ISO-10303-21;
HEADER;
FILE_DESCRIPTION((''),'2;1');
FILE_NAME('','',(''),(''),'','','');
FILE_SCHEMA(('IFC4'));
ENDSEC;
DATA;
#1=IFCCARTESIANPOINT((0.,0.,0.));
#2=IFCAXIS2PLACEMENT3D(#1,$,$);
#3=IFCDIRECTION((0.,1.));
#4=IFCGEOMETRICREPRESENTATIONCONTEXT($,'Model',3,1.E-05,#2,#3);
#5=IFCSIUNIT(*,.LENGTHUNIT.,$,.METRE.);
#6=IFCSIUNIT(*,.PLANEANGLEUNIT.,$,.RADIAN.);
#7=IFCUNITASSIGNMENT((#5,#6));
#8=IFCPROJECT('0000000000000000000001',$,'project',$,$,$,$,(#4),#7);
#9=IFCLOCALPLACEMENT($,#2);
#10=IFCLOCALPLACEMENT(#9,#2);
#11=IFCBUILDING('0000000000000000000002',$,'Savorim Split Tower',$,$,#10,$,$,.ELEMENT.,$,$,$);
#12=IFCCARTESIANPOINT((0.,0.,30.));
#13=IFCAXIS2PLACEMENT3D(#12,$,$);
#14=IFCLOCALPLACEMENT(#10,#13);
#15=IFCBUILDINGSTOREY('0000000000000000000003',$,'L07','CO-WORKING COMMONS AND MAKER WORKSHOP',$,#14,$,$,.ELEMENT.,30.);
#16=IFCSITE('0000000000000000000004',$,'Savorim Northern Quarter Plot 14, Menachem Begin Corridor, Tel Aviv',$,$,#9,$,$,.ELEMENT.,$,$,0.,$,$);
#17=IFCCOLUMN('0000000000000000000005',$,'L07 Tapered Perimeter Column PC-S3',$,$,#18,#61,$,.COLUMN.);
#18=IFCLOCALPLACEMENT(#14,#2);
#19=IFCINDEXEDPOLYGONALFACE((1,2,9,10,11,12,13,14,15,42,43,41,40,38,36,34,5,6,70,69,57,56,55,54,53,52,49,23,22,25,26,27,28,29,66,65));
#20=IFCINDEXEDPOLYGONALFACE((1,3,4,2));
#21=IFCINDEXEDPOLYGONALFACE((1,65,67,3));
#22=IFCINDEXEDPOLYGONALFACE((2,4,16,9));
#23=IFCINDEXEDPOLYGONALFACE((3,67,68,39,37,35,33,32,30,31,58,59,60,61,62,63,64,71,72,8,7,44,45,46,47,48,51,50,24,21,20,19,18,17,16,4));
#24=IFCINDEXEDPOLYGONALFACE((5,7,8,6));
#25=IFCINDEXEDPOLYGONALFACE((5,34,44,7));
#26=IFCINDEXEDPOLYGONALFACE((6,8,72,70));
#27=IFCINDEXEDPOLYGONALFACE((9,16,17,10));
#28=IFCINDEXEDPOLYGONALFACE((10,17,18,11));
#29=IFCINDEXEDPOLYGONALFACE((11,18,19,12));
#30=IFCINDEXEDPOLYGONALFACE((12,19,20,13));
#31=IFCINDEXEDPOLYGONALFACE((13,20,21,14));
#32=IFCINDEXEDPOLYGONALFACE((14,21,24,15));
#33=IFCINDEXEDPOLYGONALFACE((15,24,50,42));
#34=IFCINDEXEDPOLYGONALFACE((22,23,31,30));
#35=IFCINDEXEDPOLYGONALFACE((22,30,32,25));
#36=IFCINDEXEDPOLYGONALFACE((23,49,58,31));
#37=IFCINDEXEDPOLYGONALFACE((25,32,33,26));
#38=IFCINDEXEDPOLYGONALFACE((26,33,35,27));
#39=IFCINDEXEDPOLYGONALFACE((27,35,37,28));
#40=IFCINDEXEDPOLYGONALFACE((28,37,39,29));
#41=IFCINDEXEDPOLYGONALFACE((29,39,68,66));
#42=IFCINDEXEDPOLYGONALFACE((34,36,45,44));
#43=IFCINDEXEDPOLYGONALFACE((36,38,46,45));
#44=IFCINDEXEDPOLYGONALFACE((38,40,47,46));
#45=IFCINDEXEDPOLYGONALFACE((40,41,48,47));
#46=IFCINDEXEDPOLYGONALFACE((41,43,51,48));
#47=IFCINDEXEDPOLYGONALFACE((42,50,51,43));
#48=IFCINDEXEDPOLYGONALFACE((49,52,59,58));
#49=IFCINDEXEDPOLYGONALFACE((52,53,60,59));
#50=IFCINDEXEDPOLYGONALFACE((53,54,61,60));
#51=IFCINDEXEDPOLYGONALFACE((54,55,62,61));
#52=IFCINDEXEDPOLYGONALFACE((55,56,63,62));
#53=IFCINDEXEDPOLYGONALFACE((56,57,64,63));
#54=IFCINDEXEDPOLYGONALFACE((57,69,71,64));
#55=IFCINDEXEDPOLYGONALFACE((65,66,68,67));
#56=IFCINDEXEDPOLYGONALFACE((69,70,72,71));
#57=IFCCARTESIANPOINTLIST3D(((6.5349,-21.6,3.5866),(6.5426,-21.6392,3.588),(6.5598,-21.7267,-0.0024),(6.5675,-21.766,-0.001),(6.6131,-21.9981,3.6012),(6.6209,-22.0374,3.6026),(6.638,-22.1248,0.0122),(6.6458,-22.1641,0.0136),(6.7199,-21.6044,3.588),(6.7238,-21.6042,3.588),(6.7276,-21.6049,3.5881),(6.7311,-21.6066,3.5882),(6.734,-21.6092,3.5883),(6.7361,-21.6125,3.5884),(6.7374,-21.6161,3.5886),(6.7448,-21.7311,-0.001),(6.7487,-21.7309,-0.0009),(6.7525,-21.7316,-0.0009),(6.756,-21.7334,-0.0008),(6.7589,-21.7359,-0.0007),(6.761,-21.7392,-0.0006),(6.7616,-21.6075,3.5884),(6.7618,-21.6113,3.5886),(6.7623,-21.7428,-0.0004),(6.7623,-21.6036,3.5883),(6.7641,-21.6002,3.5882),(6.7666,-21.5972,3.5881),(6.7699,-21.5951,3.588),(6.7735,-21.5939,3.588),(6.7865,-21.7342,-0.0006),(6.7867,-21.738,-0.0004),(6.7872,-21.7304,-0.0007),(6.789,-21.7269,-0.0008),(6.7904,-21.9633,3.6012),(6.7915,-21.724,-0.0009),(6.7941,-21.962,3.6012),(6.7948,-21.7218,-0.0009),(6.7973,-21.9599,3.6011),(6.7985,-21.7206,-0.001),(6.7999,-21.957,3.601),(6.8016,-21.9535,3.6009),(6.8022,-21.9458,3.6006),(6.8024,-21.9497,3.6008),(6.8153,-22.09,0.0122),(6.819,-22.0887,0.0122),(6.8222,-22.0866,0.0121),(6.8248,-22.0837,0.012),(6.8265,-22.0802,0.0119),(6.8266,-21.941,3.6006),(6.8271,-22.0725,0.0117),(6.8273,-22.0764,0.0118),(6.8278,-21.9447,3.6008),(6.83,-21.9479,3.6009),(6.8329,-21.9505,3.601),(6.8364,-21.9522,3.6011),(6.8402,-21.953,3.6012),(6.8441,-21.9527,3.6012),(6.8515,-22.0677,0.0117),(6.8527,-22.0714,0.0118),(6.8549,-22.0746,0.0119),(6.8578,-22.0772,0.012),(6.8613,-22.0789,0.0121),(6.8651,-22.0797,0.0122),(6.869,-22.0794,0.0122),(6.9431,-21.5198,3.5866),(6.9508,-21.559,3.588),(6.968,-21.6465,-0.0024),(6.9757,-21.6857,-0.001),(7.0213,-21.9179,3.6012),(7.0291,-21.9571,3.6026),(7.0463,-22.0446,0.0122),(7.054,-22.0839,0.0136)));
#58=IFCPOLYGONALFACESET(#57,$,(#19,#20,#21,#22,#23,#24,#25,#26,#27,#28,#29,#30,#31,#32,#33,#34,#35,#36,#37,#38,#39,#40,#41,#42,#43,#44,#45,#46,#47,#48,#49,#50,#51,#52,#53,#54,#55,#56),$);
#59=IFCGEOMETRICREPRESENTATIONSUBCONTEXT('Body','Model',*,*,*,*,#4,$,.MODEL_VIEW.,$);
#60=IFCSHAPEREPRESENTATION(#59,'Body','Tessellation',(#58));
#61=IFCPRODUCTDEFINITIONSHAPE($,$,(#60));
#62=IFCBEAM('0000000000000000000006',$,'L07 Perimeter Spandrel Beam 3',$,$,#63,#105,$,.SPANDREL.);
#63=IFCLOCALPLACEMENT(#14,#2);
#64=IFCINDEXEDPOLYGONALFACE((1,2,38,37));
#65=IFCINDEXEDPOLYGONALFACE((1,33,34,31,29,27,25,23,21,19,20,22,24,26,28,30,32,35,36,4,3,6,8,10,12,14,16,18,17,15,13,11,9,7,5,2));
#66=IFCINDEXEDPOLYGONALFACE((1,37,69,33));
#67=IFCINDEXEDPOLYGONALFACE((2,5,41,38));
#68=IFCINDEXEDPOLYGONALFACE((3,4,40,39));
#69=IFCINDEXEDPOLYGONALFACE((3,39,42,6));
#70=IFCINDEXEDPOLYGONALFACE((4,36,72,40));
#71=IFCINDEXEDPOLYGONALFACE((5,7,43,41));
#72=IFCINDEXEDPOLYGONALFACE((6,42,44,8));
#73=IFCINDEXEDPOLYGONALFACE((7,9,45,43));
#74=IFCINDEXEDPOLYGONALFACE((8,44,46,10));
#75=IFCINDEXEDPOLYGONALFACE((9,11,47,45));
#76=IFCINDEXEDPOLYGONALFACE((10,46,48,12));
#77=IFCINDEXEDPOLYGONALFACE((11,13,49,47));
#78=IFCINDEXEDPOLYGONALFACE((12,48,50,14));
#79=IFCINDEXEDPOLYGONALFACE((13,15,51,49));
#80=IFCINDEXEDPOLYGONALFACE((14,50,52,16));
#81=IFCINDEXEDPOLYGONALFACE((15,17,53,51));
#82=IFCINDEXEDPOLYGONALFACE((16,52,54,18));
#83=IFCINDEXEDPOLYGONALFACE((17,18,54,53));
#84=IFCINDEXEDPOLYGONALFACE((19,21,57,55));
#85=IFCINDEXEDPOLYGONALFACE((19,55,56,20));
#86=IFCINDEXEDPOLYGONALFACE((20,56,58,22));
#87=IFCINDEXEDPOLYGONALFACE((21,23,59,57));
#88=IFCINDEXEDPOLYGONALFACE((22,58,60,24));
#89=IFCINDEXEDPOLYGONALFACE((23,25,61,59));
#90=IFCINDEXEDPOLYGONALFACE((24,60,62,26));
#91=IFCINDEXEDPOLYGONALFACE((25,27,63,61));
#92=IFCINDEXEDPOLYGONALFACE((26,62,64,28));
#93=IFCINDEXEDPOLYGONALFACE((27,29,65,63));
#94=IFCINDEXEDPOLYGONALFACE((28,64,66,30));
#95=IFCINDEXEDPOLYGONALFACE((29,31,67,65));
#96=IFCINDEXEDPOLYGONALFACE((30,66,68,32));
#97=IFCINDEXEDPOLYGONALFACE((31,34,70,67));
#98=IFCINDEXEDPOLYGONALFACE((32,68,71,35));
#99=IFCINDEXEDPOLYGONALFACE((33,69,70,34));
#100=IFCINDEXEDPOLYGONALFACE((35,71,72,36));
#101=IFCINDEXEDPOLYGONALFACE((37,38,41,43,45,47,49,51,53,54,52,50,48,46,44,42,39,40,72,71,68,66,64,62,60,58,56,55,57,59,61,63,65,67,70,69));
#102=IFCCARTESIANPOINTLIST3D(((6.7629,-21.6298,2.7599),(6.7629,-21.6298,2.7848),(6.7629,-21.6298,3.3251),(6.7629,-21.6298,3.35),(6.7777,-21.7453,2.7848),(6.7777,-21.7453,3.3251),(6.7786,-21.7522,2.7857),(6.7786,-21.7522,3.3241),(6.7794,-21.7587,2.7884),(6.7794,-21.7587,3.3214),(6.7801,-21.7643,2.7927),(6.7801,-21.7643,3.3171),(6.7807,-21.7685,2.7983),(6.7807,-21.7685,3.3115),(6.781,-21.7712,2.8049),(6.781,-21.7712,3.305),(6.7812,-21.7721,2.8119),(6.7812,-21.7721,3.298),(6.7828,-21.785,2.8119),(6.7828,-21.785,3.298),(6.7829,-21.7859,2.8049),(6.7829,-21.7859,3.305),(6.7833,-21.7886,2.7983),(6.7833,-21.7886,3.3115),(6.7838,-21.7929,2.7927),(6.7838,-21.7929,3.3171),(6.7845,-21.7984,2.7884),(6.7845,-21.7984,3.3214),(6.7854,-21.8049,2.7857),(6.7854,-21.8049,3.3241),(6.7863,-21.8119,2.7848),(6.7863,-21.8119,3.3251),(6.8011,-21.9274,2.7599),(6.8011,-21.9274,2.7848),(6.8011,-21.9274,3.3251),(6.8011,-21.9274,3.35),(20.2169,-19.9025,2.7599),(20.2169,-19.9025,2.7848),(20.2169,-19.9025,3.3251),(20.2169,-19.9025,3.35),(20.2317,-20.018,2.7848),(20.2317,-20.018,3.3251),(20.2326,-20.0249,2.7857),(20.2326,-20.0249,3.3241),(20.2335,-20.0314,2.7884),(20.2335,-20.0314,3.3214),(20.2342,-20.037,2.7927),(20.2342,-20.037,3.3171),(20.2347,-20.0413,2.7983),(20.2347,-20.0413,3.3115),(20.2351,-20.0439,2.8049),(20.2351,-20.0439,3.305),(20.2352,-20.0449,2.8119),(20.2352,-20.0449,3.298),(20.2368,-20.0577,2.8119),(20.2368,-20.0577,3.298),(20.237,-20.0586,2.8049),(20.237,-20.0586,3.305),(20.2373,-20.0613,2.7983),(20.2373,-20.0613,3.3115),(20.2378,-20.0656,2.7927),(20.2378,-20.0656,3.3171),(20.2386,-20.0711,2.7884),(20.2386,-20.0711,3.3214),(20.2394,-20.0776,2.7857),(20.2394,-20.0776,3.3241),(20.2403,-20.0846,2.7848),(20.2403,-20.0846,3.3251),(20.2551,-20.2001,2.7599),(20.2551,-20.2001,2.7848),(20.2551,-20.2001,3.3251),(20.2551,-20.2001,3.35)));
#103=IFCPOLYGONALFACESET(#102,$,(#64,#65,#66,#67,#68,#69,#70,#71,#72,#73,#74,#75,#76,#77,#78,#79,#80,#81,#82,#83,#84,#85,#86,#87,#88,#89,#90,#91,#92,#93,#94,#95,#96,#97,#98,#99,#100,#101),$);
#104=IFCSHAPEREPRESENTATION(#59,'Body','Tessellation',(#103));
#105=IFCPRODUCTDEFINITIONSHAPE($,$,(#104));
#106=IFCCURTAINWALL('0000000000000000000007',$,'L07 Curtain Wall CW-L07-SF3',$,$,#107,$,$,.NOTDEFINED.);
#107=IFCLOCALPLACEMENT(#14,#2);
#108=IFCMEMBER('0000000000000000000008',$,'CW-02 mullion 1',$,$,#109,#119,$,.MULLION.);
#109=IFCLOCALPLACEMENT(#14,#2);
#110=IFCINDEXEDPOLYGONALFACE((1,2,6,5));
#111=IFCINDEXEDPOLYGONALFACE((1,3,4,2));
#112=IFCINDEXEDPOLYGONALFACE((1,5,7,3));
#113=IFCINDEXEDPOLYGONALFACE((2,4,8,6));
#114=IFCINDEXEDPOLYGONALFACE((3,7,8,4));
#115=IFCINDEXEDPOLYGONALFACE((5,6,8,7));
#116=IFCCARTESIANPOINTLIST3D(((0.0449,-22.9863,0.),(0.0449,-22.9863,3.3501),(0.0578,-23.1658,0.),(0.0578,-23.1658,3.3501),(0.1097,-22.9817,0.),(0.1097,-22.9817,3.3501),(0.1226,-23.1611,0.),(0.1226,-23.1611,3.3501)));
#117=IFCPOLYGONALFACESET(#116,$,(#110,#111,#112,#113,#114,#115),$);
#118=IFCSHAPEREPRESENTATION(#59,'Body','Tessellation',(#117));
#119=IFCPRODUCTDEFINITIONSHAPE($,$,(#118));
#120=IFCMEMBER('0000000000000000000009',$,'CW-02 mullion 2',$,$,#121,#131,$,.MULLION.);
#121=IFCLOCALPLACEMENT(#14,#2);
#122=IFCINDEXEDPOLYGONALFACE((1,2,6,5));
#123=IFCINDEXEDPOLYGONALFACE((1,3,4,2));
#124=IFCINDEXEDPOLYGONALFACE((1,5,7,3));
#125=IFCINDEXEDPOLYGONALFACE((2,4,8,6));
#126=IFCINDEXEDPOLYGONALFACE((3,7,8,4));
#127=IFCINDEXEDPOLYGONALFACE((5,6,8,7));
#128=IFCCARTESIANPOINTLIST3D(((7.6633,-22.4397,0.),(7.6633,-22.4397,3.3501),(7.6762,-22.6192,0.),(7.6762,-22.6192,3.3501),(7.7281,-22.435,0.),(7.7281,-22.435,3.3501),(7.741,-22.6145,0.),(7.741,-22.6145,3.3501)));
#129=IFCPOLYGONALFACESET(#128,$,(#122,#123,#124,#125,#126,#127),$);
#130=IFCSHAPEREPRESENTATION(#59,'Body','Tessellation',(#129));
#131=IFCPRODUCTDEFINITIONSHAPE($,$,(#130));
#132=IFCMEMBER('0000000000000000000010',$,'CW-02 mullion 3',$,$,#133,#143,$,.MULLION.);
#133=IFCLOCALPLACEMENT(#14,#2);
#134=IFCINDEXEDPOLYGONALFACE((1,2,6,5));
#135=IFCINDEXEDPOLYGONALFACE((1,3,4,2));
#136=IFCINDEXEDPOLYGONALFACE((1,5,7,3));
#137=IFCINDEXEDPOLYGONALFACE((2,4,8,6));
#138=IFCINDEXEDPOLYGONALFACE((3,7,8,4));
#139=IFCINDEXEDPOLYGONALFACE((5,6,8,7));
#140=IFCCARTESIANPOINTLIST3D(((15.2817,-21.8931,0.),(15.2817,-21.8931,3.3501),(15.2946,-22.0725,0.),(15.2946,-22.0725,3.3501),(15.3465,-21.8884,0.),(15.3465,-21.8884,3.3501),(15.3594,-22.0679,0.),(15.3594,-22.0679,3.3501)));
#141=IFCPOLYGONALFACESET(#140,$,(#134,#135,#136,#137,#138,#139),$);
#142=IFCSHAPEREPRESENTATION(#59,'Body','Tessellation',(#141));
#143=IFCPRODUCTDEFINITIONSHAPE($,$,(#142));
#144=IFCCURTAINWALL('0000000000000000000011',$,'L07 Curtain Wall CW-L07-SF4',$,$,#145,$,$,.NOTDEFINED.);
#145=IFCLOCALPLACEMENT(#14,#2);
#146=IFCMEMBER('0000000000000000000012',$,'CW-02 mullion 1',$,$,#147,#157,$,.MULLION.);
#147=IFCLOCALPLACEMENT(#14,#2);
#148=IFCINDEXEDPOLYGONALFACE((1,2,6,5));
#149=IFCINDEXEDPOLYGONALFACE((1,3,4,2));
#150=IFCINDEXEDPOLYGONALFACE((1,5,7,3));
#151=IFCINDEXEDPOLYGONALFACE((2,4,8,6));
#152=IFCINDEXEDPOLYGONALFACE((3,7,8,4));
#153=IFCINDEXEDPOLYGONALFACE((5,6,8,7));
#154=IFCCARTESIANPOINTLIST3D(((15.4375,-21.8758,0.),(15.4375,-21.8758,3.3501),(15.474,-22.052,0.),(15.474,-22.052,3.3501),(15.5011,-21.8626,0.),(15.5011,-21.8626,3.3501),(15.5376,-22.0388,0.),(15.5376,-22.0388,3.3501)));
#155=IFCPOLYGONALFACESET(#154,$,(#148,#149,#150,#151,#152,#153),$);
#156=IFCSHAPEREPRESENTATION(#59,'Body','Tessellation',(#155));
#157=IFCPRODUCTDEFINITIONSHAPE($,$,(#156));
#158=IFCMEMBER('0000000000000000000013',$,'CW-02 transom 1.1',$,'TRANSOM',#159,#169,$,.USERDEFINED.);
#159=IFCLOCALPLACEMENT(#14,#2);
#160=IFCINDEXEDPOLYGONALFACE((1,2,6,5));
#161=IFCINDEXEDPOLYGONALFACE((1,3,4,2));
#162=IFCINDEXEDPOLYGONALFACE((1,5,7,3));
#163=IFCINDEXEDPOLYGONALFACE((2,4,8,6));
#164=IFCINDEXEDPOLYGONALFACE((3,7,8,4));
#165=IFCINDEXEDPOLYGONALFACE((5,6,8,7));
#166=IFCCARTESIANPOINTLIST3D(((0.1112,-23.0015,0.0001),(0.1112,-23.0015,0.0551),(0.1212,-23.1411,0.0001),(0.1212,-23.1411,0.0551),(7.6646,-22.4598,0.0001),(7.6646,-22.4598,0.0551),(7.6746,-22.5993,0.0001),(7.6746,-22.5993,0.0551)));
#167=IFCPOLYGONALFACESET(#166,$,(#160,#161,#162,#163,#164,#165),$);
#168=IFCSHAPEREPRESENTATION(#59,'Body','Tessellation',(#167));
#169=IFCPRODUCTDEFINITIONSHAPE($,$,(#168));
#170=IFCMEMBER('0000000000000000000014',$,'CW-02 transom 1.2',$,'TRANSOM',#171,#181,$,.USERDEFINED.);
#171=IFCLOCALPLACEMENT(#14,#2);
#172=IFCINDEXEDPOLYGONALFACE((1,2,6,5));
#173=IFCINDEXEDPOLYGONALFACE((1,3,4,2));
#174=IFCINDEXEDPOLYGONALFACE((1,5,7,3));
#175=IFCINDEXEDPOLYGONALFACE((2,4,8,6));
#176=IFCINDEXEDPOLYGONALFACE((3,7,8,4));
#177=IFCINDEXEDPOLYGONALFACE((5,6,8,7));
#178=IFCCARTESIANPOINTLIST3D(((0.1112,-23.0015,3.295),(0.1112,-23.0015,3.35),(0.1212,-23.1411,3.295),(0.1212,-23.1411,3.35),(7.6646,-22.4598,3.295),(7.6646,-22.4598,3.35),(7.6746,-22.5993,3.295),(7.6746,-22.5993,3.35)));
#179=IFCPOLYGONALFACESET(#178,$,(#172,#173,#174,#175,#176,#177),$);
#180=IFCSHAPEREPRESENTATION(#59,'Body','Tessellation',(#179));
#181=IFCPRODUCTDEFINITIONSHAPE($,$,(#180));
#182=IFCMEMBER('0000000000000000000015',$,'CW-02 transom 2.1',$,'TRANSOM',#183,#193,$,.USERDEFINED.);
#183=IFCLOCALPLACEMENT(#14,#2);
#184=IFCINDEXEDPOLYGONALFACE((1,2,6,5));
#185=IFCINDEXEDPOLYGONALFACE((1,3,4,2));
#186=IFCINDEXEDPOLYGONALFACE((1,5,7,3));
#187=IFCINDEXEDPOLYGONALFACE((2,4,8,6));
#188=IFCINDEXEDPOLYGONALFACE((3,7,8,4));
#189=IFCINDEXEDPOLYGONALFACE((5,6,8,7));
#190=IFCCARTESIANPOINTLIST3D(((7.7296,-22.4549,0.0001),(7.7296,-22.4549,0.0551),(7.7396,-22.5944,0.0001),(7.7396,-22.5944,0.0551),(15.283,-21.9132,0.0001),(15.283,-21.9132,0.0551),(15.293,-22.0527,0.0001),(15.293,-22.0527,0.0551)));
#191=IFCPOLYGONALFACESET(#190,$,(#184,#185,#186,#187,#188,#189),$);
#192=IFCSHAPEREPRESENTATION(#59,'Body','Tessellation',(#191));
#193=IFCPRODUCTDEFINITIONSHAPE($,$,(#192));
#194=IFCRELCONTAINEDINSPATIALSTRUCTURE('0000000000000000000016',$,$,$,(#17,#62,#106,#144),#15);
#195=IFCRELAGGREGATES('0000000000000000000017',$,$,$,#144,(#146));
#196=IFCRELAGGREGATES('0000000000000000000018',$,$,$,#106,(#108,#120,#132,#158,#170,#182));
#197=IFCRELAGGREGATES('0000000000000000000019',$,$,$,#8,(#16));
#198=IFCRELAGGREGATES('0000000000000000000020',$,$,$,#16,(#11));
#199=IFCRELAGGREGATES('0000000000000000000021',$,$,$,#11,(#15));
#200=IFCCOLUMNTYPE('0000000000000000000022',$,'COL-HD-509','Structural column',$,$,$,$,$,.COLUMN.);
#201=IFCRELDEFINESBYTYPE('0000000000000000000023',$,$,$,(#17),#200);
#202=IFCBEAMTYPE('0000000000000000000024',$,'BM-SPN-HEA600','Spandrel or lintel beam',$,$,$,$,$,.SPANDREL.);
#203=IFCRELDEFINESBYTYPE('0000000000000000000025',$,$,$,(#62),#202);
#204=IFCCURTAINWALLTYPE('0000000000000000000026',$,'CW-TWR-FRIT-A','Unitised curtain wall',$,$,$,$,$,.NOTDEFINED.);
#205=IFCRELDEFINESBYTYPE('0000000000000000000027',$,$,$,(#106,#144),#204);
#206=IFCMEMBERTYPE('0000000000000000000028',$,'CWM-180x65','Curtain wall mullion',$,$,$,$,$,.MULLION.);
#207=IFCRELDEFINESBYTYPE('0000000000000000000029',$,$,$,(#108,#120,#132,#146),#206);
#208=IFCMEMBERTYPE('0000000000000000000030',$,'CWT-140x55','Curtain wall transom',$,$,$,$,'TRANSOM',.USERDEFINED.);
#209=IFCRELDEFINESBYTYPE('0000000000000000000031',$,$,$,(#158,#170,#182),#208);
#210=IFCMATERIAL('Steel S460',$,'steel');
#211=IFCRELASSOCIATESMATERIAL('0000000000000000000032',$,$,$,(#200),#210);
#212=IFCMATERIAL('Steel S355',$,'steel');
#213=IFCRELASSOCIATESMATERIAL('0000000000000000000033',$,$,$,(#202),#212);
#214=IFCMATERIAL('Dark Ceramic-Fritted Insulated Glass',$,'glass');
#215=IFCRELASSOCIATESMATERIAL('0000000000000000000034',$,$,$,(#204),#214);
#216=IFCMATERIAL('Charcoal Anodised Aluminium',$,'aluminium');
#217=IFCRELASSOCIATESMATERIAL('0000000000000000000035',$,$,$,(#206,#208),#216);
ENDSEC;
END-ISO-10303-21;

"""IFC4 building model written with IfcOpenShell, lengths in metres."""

from ifc_helpers import new_model, si_unit, direction, frame, origin, origin_2d, place, context, subcontext, project, spatial, rectangle, i_section, extrude, material, material_profile, profile_set, type_object, element, aggregate, save


model = new_model("IFC4")

# Units and contexts
model_context = context("Model", 3, precision=1e-05, world=origin(), true_north=direction((0.0, 1.0)))
body_context = subcontext(model_context, "Body", "Model", "MODEL_VIEW")
ifc_project = project(units=[si_unit("LENGTHUNIT", "METRE"), si_unit("PLANEANGLEUNIT", "RADIAN")], contexts=[model_context])

# Site, building, storey
site_placement = place(None, origin())
site = spatial("IfcSite", under=ifc_project, at=site_placement, Name="Savorim Northern Quarter Plot 14, Menachem Begin Corridor, Tel Aviv", CompositionType="ELEMENT", RefElevation=0.0)
building_placement = place(site_placement, origin())
building = spatial("IfcBuilding", under=site, at=building_placement, Name="Savorim Split Tower", CompositionType="ELEMENT")
storey_placement = place(building_placement, frame((0.0, 0.0, 30.0)))
storey = spatial("IfcBuildingStorey", under=building, at=storey_placement, Name="L07", Description="CO-WORKING COMMONS AND MAKER WORKSHOP", CompositionType="ELEMENT", Elevation=30.0)

# Column
ifc_material_1 = material(Name="Steel S460", Category="steel")
ifc_material_profile_1 = material_profile(ifc_material_1, i_section(OverallWidth=0.416, OverallDepth=0.446, WebThickness=0.0249, FlangeThickness=0.04, FilletRadius=0.0149, at=origin_2d()), Name="HD 400x509")
ifc_profile_set_1 = profile_set([ifc_material_profile_1], Name="Steel S460")
column_type = type_object("IfcColumnType", Name="COL-HD-509", Description="Structural column", PredefinedType="COLUMN", material=ifc_profile_set_1)
column_placement = place(storey_placement, frame((6.8069, -21.9053, 0.0056), z_axis=(-0.006934, 0.035283, 0.999353), x_axis=(-0.98123, -0.192843, 0.0)))
element("IfcColumn", 1, at=column_placement, inside=storey, type_object=column_type, Name="L07 Tapered Perimeter Column PC-S3", PredefinedType="COLUMN", context=body_context, shape_type="SweptSolid", body=[
    extrude(i_section(OverallWidth=0.416, OverallDepth=0.446, WebThickness=0.0249, FlangeThickness=0.04, FilletRadius=0.0149, at=origin_2d()), origin(), (0.0, 0.0, 1.0), 3.5913),
])

# Beam
ifc_material_2 = material(Name="Steel S355", Category="steel")
ifc_material_profile_2 = material_profile(ifc_material_2, i_section(OverallWidth=0.3, OverallDepth=0.5901, WebThickness=0.0129, FlangeThickness=0.0249, FilletRadius=0.0271, at=origin_2d()), Name="HEA 600")
ifc_profile_set_2 = profile_set([ifc_material_profile_2], Name="Steel S355")
beam_type = type_object("IfcBeamType", Name="BM-SPN-HEA600", Description="Spandrel or lintel beam", PredefinedType="SPANDREL", material=ifc_profile_set_2)
beam_placement = place(storey_placement, frame((6.782, -21.7786, 3.0549), z_axis=(0.991859, 0.127339, 0.0), x_axis=(-0.127339, 0.991859, 0.0)))
element("IfcBeam", 2, at=beam_placement, inside=storey, type_object=beam_type, Name="L07 Perimeter Spandrel Beam 3", PredefinedType="SPANDREL", context=body_context, shape_type="SweptSolid", body=[
    extrude(i_section(OverallWidth=0.3, OverallDepth=0.5901, WebThickness=0.0129, FlangeThickness=0.0249, FilletRadius=0.0271, at=origin_2d()), origin(), (0.0, 0.0, 1.0), 13.5645),
])

# Curtain wall, members
ifc_material_3 = material(Name="Dark Ceramic-Fritted Insulated Glass", Category="glass")
curtain_wall_type = type_object("IfcCurtainWallType", Name="CW-TWR-FRIT-A", Description="Unitised curtain wall", PredefinedType="NOTDEFINED", material=ifc_material_3)
curtain_wall_1_placement = place(storey_placement, origin())
curtain_wall_1 = element("IfcCurtainWall", 3, at=curtain_wall_1_placement, inside=storey, type_object=curtain_wall_type, Name="L07 Curtain Wall CW-L07-SF3", PredefinedType="NOTDEFINED")
ifc_material_4 = material(Name="Charcoal Anodised Aluminium", Category="aluminium")
ifc_material_profile_3 = material_profile(ifc_material_4, rectangle(XDim=0.1799, YDim=0.0649, at=origin_2d()), Name="ALU-M 180x65")
ifc_profile_set_3 = profile_set([ifc_material_profile_3], Name="Charcoal Anodised Aluminium")
member_type_1 = type_object("IfcMemberType", Name="CWM-180x65", Description="Curtain wall mullion", PredefinedType="MULLION", material=ifc_profile_set_3)
member_1_placement = place(storey_placement, frame((0.0837, -23.0737, 0.0), z_axis=(0.0, 0.0, 1.0), x_axis=(-0.07156, 0.997436, 0.0)))
member_1 = element("IfcMember", 4, at=member_1_placement, type_object=member_type_1, Name="CW-02 mullion 1", PredefinedType="MULLION", context=body_context, shape_type="SweptSolid", body=[
    extrude(rectangle(XDim=0.1799, YDim=0.0649, at=origin_2d()), origin(), (0.0, 0.0, 1.0), 3.3501),
])
member_2_placement = place(storey_placement, frame((7.7021, -22.5271, 0.0), z_axis=(0.0, 0.0, 1.0), x_axis=(-0.07156, 0.997436, 0.0)))
member_2 = element("IfcMember", 5, at=member_2_placement, type_object=member_type_1, Name="CW-02 mullion 2", PredefinedType="MULLION", context=body_context, shape_type="SweptSolid", body=[
    extrude(rectangle(XDim=0.1799, YDim=0.0649, at=origin_2d()), origin(), (0.0, 0.0, 1.0), 3.3501),
])
member_3_placement = place(storey_placement, frame((15.3206, -21.9805, 0.0), z_axis=(0.0, 0.0, 1.0), x_axis=(-0.07156, 0.997436, 0.0)))
member_3 = element("IfcMember", 6, at=member_3_placement, type_object=member_type_1, Name="CW-02 mullion 3", PredefinedType="MULLION", context=body_context, shape_type="SweptSolid", body=[
    extrude(rectangle(XDim=0.1799, YDim=0.0649, at=origin_2d()), origin(), (0.0, 0.0, 1.0), 3.3501),
])

# Curtain wall, member
curtain_wall_2_placement = place(storey_placement, origin())
curtain_wall_2 = element("IfcCurtainWall", 7, at=curtain_wall_2_placement, inside=storey, type_object=curtain_wall_type, Name="L07 Curtain Wall CW-L07-SF4", PredefinedType="NOTDEFINED")
member_4_placement = place(storey_placement, frame((15.4875, -21.9573, 0.0), z_axis=(0.0, 0.0, 1.0), x_axis=(-0.20321, 0.979135, 0.0)))
member_4 = element("IfcMember", 8, at=member_4_placement, type_object=member_type_1, Name="CW-02 mullion 1", PredefinedType="MULLION", context=body_context, shape_type="SweptSolid", body=[
    extrude(rectangle(XDim=0.1799, YDim=0.0649, at=origin_2d()), origin(), (0.0, 0.0, 1.0), 3.3501),
])
aggregate(curtain_wall_2, [member_4])

# Members
ifc_material_profile_4 = material_profile(ifc_material_4, rectangle(XDim=0.1399, YDim=0.0549, at=origin_2d()), Name="ALU-T 140x55")
ifc_profile_set_4 = profile_set([ifc_material_profile_4], Name="Charcoal Anodised Aluminium")
member_type_2 = type_object("IfcMemberType", Name="CWT-140x55", Description="Curtain wall transom", ElementType="TRANSOM", PredefinedType="USERDEFINED", material=ifc_profile_set_4)
member_5_placement = place(storey_placement, frame((0.1162, -23.0713, 0.0276), z_axis=(0.997438, 0.071538, 0.0), x_axis=(-0.071538, 0.997438, 0.0)))
member_5 = element("IfcMember", 9, at=member_5_placement, type_object=member_type_2, Name="CW-02 transom 1.1", ObjectType="TRANSOM", PredefinedType="USERDEFINED", context=body_context, shape_type="SweptSolid", body=[
    extrude(rectangle(XDim=0.1399, YDim=0.0549, at=origin_2d()), origin(), (0.0, 0.0, 1.0), 7.5728),
])
member_6_placement = place(storey_placement, frame((0.1162, -23.0713, 3.3225), z_axis=(0.997438, 0.071538, 0.0), x_axis=(-0.071538, 0.997438, 0.0)))
member_6 = element("IfcMember", 10, at=member_6_placement, type_object=member_type_2, Name="CW-02 transom 1.2", ObjectType="TRANSOM", PredefinedType="USERDEFINED", context=body_context, shape_type="SweptSolid", body=[
    extrude(rectangle(XDim=0.1399, YDim=0.0549, at=origin_2d()), origin(), (0.0, 0.0, 1.0), 7.5728),
])
member_7_placement = place(storey_placement, frame((7.7346, -22.5247, 0.0276), z_axis=(0.997438, 0.071538, 0.0), x_axis=(-0.071538, 0.997438, 0.0)))
member_7 = element("IfcMember", 11, at=member_7_placement, type_object=member_type_2, Name="CW-02 transom 2.1", ObjectType="TRANSOM", PredefinedType="USERDEFINED", context=body_context, shape_type="SweptSolid", body=[
    extrude(rectangle(XDim=0.1399, YDim=0.0549, at=origin_2d()), origin(), (0.0, 0.0, 1.0), 7.5728),
])

aggregate(curtain_wall_1, [member_1, member_2, member_3, member_5, member_6, member_7])

save(model, "model.ifc")
